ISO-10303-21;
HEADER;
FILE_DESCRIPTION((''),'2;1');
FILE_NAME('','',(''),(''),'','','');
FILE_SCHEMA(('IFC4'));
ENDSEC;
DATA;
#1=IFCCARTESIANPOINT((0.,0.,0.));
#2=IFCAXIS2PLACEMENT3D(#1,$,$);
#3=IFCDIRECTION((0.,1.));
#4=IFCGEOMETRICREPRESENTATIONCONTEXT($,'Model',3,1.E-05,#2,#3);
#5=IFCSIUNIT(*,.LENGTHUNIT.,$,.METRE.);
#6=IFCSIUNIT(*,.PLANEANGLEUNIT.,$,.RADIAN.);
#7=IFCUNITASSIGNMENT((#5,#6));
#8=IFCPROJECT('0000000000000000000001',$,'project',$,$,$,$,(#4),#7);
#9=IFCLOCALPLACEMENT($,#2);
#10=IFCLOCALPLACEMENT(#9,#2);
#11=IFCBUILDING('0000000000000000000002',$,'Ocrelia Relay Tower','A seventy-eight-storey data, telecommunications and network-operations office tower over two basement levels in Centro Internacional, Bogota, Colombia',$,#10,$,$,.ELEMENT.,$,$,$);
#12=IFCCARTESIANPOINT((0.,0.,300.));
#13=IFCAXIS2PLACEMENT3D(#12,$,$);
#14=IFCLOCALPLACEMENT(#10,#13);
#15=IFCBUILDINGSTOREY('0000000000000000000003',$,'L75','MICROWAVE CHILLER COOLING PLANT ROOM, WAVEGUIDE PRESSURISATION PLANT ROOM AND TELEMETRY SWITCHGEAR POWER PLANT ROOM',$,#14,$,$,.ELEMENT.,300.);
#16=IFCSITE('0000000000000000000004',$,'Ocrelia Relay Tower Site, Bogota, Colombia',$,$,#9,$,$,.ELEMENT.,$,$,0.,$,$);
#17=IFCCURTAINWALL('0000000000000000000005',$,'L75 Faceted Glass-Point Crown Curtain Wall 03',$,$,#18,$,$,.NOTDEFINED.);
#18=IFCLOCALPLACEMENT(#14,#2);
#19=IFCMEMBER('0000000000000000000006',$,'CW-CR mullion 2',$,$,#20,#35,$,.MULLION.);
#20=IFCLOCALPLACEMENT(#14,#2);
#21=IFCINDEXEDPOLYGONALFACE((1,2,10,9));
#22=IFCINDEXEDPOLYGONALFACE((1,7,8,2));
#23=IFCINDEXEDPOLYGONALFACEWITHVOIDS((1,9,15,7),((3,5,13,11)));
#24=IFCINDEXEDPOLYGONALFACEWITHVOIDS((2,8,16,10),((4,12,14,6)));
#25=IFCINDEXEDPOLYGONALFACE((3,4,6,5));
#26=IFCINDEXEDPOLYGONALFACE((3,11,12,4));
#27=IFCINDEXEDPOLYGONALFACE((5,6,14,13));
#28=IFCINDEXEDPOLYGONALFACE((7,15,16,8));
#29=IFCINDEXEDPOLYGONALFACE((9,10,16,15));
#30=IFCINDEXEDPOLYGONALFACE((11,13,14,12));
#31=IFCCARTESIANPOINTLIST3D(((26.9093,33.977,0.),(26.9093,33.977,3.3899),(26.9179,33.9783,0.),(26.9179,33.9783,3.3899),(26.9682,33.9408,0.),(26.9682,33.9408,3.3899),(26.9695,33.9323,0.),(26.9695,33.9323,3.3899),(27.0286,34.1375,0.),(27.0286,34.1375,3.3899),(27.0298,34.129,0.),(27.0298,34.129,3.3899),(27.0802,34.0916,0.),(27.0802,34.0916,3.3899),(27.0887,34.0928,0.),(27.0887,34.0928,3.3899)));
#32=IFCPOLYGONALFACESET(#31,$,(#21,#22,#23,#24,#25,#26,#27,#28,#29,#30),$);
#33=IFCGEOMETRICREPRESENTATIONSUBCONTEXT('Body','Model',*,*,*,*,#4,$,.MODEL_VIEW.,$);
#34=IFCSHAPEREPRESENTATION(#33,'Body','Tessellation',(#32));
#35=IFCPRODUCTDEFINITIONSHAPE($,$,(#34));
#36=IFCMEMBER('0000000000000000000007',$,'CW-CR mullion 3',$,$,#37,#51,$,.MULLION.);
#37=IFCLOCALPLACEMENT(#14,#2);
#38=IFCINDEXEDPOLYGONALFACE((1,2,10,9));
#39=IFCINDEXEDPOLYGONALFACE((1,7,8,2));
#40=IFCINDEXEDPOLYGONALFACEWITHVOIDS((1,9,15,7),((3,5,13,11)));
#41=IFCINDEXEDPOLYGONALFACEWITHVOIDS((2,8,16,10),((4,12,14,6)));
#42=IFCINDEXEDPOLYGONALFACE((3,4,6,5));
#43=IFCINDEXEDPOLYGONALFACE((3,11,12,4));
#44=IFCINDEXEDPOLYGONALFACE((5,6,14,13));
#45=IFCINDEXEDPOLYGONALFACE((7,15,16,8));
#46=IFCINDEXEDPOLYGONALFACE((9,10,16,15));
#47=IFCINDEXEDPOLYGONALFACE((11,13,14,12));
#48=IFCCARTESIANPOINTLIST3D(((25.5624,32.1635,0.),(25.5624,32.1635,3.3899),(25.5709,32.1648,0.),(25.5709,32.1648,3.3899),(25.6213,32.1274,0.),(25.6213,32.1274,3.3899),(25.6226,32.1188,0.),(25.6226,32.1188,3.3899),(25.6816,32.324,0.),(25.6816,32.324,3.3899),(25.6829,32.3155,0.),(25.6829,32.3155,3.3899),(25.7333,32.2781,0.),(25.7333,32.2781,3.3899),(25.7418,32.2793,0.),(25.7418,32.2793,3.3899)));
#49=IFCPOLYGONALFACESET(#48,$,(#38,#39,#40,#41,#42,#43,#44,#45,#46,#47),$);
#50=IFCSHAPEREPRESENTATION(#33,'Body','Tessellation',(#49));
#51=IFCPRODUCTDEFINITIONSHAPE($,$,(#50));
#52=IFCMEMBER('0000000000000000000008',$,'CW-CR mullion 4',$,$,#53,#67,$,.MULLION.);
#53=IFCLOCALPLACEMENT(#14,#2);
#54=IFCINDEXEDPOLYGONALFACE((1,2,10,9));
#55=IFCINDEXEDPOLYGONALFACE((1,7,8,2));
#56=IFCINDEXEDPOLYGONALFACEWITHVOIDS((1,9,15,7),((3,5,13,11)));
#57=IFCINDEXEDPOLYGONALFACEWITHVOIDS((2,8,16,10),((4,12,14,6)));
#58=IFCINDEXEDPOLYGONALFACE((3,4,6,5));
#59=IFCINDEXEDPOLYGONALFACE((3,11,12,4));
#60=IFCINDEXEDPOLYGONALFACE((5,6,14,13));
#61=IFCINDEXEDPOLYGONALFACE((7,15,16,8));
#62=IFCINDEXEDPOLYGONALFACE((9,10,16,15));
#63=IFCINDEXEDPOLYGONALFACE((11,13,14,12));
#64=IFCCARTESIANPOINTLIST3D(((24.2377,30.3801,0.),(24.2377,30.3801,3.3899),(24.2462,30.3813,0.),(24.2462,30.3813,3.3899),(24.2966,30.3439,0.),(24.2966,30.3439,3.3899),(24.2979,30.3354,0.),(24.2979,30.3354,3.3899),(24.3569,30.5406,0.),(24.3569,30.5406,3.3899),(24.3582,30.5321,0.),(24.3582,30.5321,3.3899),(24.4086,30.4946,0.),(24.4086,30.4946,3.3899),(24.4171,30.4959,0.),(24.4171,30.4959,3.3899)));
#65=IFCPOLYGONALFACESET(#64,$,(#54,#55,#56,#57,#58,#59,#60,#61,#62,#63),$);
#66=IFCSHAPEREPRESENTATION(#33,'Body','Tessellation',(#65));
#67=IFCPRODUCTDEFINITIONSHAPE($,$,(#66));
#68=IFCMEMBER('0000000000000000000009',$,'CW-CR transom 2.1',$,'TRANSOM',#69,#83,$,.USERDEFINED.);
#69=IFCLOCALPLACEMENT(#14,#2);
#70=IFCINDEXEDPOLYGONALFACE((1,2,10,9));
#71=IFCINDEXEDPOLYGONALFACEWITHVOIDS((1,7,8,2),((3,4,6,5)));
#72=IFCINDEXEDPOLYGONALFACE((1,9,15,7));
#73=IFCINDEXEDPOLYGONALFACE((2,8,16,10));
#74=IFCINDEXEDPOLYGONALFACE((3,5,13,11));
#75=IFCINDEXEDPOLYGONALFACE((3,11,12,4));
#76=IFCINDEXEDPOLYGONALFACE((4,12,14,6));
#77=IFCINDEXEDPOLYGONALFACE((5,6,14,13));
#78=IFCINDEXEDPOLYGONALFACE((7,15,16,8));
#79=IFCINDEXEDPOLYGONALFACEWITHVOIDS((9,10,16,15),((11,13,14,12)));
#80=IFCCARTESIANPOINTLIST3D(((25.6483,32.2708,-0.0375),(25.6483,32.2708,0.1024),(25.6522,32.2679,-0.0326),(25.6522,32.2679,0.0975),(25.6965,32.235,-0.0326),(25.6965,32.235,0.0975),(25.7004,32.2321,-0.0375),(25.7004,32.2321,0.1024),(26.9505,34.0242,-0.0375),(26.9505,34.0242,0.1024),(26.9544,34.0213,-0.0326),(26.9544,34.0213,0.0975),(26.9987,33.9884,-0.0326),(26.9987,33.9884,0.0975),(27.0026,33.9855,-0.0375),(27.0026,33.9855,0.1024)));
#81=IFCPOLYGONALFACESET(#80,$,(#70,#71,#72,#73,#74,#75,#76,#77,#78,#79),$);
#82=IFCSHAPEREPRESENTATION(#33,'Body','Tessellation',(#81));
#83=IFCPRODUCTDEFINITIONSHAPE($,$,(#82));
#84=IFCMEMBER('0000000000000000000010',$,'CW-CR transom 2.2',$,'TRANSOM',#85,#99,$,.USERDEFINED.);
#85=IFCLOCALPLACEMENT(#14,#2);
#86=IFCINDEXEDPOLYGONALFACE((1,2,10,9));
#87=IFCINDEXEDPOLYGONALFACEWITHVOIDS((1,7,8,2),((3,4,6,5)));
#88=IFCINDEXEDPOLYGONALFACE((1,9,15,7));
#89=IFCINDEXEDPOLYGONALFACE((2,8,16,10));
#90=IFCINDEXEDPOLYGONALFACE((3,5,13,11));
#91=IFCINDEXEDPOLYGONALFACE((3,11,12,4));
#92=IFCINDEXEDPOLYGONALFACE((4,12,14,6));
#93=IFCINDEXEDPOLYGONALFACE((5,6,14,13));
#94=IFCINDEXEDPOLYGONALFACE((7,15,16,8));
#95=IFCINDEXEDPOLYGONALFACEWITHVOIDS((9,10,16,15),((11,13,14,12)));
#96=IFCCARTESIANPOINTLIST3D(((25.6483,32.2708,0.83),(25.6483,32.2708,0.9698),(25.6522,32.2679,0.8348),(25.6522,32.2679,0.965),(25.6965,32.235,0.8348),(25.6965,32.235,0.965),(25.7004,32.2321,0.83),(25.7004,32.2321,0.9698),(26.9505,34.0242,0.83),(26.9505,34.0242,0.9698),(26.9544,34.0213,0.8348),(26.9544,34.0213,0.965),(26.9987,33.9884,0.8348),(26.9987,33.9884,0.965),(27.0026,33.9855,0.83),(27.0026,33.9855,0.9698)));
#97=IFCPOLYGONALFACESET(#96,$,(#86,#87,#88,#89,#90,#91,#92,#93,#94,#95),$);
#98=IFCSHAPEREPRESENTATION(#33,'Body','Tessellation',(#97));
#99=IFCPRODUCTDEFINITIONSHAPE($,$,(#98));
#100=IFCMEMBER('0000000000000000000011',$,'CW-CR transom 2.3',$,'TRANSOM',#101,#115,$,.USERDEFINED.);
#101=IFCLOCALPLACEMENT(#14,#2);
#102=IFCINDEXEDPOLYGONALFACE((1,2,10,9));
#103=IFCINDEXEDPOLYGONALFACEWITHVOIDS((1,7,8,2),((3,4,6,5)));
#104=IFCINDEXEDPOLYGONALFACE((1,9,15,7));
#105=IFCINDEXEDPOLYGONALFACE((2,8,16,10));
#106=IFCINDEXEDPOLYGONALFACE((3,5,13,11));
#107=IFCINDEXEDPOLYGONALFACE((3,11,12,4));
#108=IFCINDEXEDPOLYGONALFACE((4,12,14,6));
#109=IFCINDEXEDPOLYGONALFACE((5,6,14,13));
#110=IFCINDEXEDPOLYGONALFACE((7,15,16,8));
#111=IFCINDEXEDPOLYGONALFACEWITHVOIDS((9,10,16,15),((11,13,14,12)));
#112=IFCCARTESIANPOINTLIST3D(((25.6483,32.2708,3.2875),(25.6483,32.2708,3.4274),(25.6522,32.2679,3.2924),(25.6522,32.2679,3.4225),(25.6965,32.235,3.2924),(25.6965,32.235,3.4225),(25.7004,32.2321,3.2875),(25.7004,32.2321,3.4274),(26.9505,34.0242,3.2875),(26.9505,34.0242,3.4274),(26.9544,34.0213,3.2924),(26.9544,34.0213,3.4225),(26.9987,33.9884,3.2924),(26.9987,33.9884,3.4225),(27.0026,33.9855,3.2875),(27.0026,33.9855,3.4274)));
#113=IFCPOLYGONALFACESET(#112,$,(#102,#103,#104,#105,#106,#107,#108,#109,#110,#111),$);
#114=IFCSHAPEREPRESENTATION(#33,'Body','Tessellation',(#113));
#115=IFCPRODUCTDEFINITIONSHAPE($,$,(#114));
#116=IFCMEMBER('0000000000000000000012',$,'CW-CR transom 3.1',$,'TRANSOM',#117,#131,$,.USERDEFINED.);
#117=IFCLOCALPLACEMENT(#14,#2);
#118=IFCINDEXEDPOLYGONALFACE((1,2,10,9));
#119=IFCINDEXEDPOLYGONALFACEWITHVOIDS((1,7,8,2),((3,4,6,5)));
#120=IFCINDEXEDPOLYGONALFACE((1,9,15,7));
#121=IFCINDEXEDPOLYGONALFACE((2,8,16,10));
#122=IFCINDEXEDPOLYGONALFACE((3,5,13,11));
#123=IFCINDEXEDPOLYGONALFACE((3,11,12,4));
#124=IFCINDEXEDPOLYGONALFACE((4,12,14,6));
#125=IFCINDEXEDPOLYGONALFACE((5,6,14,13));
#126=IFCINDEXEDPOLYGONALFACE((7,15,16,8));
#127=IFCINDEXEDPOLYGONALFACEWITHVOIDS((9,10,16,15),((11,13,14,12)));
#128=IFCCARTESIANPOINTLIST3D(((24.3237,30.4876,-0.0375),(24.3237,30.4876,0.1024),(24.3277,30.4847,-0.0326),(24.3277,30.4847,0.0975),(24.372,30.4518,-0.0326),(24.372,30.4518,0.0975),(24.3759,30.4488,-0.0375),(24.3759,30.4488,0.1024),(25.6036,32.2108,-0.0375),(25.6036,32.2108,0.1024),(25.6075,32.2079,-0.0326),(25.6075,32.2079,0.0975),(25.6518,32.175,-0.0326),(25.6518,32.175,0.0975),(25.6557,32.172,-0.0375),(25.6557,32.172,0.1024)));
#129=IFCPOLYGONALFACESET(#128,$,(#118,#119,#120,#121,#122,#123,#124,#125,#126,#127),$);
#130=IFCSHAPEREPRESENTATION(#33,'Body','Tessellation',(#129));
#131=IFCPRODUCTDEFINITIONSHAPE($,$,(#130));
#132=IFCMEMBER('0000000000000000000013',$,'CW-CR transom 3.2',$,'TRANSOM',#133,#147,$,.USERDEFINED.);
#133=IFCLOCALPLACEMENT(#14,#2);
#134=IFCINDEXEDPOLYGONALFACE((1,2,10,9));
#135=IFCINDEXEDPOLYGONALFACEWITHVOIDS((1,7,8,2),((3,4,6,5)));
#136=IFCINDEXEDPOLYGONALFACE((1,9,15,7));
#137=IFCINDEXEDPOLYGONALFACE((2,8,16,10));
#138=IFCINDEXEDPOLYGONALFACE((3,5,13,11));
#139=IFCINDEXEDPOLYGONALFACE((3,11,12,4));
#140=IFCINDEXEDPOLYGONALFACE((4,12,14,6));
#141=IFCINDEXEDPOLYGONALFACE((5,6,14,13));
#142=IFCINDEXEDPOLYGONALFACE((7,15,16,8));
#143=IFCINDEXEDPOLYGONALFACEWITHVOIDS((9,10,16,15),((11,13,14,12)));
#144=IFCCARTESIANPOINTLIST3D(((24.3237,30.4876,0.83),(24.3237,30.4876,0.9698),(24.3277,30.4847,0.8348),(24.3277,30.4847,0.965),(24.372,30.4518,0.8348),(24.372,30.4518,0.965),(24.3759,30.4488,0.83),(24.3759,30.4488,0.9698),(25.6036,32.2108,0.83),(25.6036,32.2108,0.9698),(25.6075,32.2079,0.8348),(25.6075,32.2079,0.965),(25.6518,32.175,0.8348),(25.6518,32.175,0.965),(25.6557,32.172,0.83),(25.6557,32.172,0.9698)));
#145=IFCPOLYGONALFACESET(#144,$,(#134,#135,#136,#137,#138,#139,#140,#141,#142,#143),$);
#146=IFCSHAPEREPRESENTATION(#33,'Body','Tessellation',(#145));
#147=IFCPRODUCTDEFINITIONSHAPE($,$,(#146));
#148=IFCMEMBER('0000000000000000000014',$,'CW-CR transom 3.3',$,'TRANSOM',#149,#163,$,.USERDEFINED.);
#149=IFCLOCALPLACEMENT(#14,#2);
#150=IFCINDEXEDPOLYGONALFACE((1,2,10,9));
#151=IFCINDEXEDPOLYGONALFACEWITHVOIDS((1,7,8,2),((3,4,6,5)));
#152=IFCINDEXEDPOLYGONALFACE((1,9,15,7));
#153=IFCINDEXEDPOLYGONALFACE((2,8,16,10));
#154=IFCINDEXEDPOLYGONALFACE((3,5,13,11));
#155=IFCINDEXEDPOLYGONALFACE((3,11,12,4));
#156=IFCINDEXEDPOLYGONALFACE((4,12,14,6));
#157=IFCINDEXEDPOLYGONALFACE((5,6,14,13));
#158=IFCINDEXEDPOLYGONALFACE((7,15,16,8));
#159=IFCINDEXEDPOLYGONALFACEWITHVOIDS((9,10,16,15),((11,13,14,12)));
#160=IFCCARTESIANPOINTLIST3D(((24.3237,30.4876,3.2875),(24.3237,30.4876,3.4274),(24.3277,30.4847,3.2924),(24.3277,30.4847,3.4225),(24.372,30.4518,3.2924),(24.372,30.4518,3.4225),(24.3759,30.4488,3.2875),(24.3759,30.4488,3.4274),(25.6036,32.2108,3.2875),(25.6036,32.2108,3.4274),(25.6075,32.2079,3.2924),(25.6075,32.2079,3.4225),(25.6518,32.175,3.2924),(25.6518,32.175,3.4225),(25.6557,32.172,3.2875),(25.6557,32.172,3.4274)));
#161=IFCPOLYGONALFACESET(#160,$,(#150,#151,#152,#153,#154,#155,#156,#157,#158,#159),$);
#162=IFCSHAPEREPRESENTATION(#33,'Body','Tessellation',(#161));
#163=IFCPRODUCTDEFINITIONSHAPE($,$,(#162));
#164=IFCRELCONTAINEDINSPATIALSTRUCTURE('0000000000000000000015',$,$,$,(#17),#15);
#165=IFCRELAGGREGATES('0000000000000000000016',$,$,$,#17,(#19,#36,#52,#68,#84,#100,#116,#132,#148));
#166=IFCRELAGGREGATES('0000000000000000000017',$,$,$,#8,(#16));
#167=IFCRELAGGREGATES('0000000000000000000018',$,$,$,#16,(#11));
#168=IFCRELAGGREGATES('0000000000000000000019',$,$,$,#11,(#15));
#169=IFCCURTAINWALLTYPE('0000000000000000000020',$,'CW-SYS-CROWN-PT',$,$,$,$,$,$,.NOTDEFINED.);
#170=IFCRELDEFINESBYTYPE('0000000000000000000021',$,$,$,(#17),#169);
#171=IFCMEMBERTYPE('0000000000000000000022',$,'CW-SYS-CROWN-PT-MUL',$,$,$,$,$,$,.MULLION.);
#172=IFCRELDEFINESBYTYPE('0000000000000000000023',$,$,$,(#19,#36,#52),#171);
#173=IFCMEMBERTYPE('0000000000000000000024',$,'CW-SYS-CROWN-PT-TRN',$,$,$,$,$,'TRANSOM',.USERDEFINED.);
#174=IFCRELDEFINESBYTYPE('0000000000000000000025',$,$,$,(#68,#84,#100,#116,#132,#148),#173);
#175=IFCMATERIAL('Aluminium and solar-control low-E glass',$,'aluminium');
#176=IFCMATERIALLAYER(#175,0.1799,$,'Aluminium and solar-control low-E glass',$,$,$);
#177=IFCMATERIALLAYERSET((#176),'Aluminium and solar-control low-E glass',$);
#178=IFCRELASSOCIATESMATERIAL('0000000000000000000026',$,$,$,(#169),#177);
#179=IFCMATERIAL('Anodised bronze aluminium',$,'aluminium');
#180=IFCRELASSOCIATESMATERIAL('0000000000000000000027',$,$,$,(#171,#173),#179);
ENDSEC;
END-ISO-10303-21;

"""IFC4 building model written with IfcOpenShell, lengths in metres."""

from ifc_helpers import new_model, si_unit, direction, frame, origin, origin_2d, place, context, subcontext, project, spatial, hollow_rectangle, extrude, material, layer, layer_set, material_profile, profile_set, type_object, element, aggregate, save


model = new_model("IFC4")

# Units and contexts
model_context = context("Model", 3, precision=1e-05, world=origin(), true_north=direction((0.0, 1.0)))
body_context = subcontext(model_context, "Body", "Model", "MODEL_VIEW")
ifc_project = project(units=[si_unit("LENGTHUNIT", "METRE"), si_unit("PLANEANGLEUNIT", "RADIAN")], contexts=[model_context])

# Site, building, storey
site_placement = place(None, origin())
site = spatial("IfcSite", under=ifc_project, at=site_placement, Name="Ocrelia Relay Tower Site, Bogota, Colombia", CompositionType="ELEMENT", RefElevation=0.0)
building_placement = place(site_placement, origin())
building = spatial("IfcBuilding", under=site, at=building_placement, Name="Ocrelia Relay Tower", Description="A seventy-eight-storey data, telecommunications and network-operations office tower over two basement levels in Centro Internacional, Bogota, Colombia", CompositionType="ELEMENT")
storey_placement = place(building_placement, frame((0.0, 0.0, 300.0)))
storey = spatial("IfcBuildingStorey", under=building, at=storey_placement, Name="L75", Description="MICROWAVE CHILLER COOLING PLANT ROOM, WAVEGUIDE PRESSURISATION PLANT ROOM AND TELEMETRY SWITCHGEAR POWER PLANT ROOM", CompositionType="ELEMENT", Elevation=300.0)

# Curtain wall, members
ifc_material_1 = material(Name="Aluminium and solar-control low-E glass", Category="aluminium")
ifc_layer_1 = layer(ifc_material_1, 0.1799, Name="Aluminium and solar-control low-E glass")
ifc_layer_set_1 = layer_set([ifc_layer_1], Name="Aluminium and solar-control low-E glass")
curtain_wall_type = type_object("IfcCurtainWallType", Name="CW-SYS-CROWN-PT", PredefinedType="NOTDEFINED", material=ifc_layer_set_1)
curtain_wall_placement = place(storey_placement, origin())
curtain_wall = element("IfcCurtainWall", 1, at=curtain_wall_placement, inside=storey, type_object=curtain_wall_type, Name="L75 Faceted Glass-Point Crown Curtain Wall 03", PredefinedType="NOTDEFINED")
ifc_material_2 = material(Name="Anodised bronze aluminium", Category="aluminium")
ifc_material_profile_1 = material_profile(ifc_material_2, hollow_rectangle(XDim=0.075, YDim=0.2, WallThickness=0.0061, at=origin_2d()), Name="CW-MUL-200x75")
ifc_profile_set_1 = profile_set([ifc_material_profile_1], Name="Anodised bronze aluminium")
member_type_1 = type_object("IfcMemberType", Name="CW-SYS-CROWN-PT-MUL", PredefinedType="MULLION", material=ifc_profile_set_1)
member_1_placement = place(storey_placement, frame((26.999, 34.0349, 0.0), z_axis=(0.0, 0.0, 1.0), x_axis=(0.802777, -0.59628, 0.0)))
member_1 = element("IfcMember", 2, at=member_1_placement, type_object=member_type_1, Name="CW-CR mullion 2", PredefinedType="MULLION", context=body_context, shape_type="SweptSolid", body=[
    extrude(hollow_rectangle(XDim=0.075, YDim=0.2, WallThickness=0.0061, at=origin_2d()), origin(), (0.0, 0.0, 1.0), 3.3899),
])
member_2_placement = place(storey_placement, frame((25.6521, 32.2214, 0.0), z_axis=(0.0, 0.0, 1.0), x_axis=(0.802777, -0.59628, 0.0)))
member_2 = element("IfcMember", 3, at=member_2_placement, type_object=member_type_1, Name="CW-CR mullion 3", PredefinedType="MULLION", context=body_context, shape_type="SweptSolid", body=[
    extrude(hollow_rectangle(XDim=0.075, YDim=0.2, WallThickness=0.0061, at=origin_2d()), origin(), (0.0, 0.0, 1.0), 3.3899),
])
member_3_placement = place(storey_placement, frame((24.3274, 30.438, 0.0), z_axis=(0.0, 0.0, 1.0), x_axis=(0.802777, -0.59628, 0.0)))
member_3 = element("IfcMember", 4, at=member_3_placement, type_object=member_type_1, Name="CW-CR mullion 4", PredefinedType="MULLION", context=body_context, shape_type="SweptSolid", body=[
    extrude(hollow_rectangle(XDim=0.075, YDim=0.2, WallThickness=0.0061, at=origin_2d()), origin(), (0.0, 0.0, 1.0), 3.3899),
])
ifc_material_profile_2 = material_profile(ifc_material_2, hollow_rectangle(XDim=0.0649, YDim=0.1399, WallThickness=0.0049, at=origin_2d()), Name="CW-TRN-140x65")
ifc_profile_set_2 = profile_set([ifc_material_profile_2], Name="Anodised bronze aluminium")
member_type_2 = type_object("IfcMemberType", Name="CW-SYS-CROWN-PT-TRN", ElementType="TRANSOM", PredefinedType="USERDEFINED", material=ifc_profile_set_2)
member_4_placement = place(storey_placement, frame((26.9766, 34.0049, 0.0325), z_axis=(-0.596238, -0.802808, 0.0), x_axis=(0.802808, -0.596238, 0.0)))
member_4 = element("IfcMember", 5, at=member_4_placement, type_object=member_type_2, Name="CW-CR transom 2.1", ObjectType="TRANSOM", PredefinedType="USERDEFINED", context=body_context, shape_type="SweptSolid", body=[
    extrude(hollow_rectangle(XDim=0.0649, YDim=0.1399, WallThickness=0.0049, at=origin_2d()), origin(), (0.0, 0.0, 1.0), 2.1841),
])
member_5_placement = place(storey_placement, frame((26.9766, 34.0049, 0.8999), z_axis=(-0.596238, -0.802808, 0.0), x_axis=(0.802808, -0.596238, 0.0)))
member_5 = element("IfcMember", 6, at=member_5_placement, type_object=member_type_2, Name="CW-CR transom 2.2", ObjectType="TRANSOM", PredefinedType="USERDEFINED", context=body_context, shape_type="SweptSolid", body=[
    extrude(hollow_rectangle(XDim=0.0649, YDim=0.1399, WallThickness=0.0049, at=origin_2d()), origin(), (0.0, 0.0, 1.0), 2.1841),
])
member_6_placement = place(storey_placement, frame((26.9766, 34.0049, 3.3574), z_axis=(-0.596238, -0.802808, 0.0), x_axis=(0.802808, -0.596238, 0.0)))
member_6 = element("IfcMember", 7, at=member_6_placement, type_object=member_type_2, Name="CW-CR transom 2.3", ObjectType="TRANSOM", PredefinedType="USERDEFINED", context=body_context, shape_type="SweptSolid", body=[
    extrude(hollow_rectangle(XDim=0.0649, YDim=0.1399, WallThickness=0.0049, at=origin_2d()), origin(), (0.0, 0.0, 1.0), 2.1841),
])
member_7_placement = place(storey_placement, frame((25.6296, 32.1914, 0.0325), z_axis=(-0.596244, -0.802803, 0.0), x_axis=(0.802803, -0.596244, 0.0)))
member_7 = element("IfcMember", 8, at=member_7_placement, type_object=member_type_2, Name="CW-CR transom 3.1", ObjectType="TRANSOM", PredefinedType="USERDEFINED", context=body_context, shape_type="SweptSolid", body=[
    extrude(hollow_rectangle(XDim=0.0649, YDim=0.1399, WallThickness=0.0049, at=origin_2d()), origin(), (0.0, 0.0, 1.0), 2.1465),
])
member_8_placement = place(storey_placement, frame((25.6296, 32.1914, 0.8999), z_axis=(-0.596244, -0.802803, 0.0), x_axis=(0.802803, -0.596244, 0.0)))
member_8 = element("IfcMember", 9, at=member_8_placement, type_object=member_type_2, Name="CW-CR transom 3.2", ObjectType="TRANSOM", PredefinedType="USERDEFINED", context=body_context, shape_type="SweptSolid", body=[
    extrude(hollow_rectangle(XDim=0.0649, YDim=0.1399, WallThickness=0.0049, at=origin_2d()), origin(), (0.0, 0.0, 1.0), 2.1465),
])
member_9_placement = place(storey_placement, frame((25.6296, 32.1914, 3.3574), z_axis=(-0.596244, -0.802803, 0.0), x_axis=(0.802803, -0.596244, 0.0)))
member_9 = element("IfcMember", 10, at=member_9_placement, type_object=member_type_2, Name="CW-CR transom 3.3", ObjectType="TRANSOM", PredefinedType="USERDEFINED", context=body_context, shape_type="SweptSolid", body=[
    extrude(hollow_rectangle(XDim=0.0649, YDim=0.1399, WallThickness=0.0049, at=origin_2d()), origin(), (0.0, 0.0, 1.0), 2.1465),
])

aggregate(curtain_wall, [member_1, member_2, member_3, member_4, member_5, member_6, member_7, member_8, member_9])

save(model, "model.ifc")
